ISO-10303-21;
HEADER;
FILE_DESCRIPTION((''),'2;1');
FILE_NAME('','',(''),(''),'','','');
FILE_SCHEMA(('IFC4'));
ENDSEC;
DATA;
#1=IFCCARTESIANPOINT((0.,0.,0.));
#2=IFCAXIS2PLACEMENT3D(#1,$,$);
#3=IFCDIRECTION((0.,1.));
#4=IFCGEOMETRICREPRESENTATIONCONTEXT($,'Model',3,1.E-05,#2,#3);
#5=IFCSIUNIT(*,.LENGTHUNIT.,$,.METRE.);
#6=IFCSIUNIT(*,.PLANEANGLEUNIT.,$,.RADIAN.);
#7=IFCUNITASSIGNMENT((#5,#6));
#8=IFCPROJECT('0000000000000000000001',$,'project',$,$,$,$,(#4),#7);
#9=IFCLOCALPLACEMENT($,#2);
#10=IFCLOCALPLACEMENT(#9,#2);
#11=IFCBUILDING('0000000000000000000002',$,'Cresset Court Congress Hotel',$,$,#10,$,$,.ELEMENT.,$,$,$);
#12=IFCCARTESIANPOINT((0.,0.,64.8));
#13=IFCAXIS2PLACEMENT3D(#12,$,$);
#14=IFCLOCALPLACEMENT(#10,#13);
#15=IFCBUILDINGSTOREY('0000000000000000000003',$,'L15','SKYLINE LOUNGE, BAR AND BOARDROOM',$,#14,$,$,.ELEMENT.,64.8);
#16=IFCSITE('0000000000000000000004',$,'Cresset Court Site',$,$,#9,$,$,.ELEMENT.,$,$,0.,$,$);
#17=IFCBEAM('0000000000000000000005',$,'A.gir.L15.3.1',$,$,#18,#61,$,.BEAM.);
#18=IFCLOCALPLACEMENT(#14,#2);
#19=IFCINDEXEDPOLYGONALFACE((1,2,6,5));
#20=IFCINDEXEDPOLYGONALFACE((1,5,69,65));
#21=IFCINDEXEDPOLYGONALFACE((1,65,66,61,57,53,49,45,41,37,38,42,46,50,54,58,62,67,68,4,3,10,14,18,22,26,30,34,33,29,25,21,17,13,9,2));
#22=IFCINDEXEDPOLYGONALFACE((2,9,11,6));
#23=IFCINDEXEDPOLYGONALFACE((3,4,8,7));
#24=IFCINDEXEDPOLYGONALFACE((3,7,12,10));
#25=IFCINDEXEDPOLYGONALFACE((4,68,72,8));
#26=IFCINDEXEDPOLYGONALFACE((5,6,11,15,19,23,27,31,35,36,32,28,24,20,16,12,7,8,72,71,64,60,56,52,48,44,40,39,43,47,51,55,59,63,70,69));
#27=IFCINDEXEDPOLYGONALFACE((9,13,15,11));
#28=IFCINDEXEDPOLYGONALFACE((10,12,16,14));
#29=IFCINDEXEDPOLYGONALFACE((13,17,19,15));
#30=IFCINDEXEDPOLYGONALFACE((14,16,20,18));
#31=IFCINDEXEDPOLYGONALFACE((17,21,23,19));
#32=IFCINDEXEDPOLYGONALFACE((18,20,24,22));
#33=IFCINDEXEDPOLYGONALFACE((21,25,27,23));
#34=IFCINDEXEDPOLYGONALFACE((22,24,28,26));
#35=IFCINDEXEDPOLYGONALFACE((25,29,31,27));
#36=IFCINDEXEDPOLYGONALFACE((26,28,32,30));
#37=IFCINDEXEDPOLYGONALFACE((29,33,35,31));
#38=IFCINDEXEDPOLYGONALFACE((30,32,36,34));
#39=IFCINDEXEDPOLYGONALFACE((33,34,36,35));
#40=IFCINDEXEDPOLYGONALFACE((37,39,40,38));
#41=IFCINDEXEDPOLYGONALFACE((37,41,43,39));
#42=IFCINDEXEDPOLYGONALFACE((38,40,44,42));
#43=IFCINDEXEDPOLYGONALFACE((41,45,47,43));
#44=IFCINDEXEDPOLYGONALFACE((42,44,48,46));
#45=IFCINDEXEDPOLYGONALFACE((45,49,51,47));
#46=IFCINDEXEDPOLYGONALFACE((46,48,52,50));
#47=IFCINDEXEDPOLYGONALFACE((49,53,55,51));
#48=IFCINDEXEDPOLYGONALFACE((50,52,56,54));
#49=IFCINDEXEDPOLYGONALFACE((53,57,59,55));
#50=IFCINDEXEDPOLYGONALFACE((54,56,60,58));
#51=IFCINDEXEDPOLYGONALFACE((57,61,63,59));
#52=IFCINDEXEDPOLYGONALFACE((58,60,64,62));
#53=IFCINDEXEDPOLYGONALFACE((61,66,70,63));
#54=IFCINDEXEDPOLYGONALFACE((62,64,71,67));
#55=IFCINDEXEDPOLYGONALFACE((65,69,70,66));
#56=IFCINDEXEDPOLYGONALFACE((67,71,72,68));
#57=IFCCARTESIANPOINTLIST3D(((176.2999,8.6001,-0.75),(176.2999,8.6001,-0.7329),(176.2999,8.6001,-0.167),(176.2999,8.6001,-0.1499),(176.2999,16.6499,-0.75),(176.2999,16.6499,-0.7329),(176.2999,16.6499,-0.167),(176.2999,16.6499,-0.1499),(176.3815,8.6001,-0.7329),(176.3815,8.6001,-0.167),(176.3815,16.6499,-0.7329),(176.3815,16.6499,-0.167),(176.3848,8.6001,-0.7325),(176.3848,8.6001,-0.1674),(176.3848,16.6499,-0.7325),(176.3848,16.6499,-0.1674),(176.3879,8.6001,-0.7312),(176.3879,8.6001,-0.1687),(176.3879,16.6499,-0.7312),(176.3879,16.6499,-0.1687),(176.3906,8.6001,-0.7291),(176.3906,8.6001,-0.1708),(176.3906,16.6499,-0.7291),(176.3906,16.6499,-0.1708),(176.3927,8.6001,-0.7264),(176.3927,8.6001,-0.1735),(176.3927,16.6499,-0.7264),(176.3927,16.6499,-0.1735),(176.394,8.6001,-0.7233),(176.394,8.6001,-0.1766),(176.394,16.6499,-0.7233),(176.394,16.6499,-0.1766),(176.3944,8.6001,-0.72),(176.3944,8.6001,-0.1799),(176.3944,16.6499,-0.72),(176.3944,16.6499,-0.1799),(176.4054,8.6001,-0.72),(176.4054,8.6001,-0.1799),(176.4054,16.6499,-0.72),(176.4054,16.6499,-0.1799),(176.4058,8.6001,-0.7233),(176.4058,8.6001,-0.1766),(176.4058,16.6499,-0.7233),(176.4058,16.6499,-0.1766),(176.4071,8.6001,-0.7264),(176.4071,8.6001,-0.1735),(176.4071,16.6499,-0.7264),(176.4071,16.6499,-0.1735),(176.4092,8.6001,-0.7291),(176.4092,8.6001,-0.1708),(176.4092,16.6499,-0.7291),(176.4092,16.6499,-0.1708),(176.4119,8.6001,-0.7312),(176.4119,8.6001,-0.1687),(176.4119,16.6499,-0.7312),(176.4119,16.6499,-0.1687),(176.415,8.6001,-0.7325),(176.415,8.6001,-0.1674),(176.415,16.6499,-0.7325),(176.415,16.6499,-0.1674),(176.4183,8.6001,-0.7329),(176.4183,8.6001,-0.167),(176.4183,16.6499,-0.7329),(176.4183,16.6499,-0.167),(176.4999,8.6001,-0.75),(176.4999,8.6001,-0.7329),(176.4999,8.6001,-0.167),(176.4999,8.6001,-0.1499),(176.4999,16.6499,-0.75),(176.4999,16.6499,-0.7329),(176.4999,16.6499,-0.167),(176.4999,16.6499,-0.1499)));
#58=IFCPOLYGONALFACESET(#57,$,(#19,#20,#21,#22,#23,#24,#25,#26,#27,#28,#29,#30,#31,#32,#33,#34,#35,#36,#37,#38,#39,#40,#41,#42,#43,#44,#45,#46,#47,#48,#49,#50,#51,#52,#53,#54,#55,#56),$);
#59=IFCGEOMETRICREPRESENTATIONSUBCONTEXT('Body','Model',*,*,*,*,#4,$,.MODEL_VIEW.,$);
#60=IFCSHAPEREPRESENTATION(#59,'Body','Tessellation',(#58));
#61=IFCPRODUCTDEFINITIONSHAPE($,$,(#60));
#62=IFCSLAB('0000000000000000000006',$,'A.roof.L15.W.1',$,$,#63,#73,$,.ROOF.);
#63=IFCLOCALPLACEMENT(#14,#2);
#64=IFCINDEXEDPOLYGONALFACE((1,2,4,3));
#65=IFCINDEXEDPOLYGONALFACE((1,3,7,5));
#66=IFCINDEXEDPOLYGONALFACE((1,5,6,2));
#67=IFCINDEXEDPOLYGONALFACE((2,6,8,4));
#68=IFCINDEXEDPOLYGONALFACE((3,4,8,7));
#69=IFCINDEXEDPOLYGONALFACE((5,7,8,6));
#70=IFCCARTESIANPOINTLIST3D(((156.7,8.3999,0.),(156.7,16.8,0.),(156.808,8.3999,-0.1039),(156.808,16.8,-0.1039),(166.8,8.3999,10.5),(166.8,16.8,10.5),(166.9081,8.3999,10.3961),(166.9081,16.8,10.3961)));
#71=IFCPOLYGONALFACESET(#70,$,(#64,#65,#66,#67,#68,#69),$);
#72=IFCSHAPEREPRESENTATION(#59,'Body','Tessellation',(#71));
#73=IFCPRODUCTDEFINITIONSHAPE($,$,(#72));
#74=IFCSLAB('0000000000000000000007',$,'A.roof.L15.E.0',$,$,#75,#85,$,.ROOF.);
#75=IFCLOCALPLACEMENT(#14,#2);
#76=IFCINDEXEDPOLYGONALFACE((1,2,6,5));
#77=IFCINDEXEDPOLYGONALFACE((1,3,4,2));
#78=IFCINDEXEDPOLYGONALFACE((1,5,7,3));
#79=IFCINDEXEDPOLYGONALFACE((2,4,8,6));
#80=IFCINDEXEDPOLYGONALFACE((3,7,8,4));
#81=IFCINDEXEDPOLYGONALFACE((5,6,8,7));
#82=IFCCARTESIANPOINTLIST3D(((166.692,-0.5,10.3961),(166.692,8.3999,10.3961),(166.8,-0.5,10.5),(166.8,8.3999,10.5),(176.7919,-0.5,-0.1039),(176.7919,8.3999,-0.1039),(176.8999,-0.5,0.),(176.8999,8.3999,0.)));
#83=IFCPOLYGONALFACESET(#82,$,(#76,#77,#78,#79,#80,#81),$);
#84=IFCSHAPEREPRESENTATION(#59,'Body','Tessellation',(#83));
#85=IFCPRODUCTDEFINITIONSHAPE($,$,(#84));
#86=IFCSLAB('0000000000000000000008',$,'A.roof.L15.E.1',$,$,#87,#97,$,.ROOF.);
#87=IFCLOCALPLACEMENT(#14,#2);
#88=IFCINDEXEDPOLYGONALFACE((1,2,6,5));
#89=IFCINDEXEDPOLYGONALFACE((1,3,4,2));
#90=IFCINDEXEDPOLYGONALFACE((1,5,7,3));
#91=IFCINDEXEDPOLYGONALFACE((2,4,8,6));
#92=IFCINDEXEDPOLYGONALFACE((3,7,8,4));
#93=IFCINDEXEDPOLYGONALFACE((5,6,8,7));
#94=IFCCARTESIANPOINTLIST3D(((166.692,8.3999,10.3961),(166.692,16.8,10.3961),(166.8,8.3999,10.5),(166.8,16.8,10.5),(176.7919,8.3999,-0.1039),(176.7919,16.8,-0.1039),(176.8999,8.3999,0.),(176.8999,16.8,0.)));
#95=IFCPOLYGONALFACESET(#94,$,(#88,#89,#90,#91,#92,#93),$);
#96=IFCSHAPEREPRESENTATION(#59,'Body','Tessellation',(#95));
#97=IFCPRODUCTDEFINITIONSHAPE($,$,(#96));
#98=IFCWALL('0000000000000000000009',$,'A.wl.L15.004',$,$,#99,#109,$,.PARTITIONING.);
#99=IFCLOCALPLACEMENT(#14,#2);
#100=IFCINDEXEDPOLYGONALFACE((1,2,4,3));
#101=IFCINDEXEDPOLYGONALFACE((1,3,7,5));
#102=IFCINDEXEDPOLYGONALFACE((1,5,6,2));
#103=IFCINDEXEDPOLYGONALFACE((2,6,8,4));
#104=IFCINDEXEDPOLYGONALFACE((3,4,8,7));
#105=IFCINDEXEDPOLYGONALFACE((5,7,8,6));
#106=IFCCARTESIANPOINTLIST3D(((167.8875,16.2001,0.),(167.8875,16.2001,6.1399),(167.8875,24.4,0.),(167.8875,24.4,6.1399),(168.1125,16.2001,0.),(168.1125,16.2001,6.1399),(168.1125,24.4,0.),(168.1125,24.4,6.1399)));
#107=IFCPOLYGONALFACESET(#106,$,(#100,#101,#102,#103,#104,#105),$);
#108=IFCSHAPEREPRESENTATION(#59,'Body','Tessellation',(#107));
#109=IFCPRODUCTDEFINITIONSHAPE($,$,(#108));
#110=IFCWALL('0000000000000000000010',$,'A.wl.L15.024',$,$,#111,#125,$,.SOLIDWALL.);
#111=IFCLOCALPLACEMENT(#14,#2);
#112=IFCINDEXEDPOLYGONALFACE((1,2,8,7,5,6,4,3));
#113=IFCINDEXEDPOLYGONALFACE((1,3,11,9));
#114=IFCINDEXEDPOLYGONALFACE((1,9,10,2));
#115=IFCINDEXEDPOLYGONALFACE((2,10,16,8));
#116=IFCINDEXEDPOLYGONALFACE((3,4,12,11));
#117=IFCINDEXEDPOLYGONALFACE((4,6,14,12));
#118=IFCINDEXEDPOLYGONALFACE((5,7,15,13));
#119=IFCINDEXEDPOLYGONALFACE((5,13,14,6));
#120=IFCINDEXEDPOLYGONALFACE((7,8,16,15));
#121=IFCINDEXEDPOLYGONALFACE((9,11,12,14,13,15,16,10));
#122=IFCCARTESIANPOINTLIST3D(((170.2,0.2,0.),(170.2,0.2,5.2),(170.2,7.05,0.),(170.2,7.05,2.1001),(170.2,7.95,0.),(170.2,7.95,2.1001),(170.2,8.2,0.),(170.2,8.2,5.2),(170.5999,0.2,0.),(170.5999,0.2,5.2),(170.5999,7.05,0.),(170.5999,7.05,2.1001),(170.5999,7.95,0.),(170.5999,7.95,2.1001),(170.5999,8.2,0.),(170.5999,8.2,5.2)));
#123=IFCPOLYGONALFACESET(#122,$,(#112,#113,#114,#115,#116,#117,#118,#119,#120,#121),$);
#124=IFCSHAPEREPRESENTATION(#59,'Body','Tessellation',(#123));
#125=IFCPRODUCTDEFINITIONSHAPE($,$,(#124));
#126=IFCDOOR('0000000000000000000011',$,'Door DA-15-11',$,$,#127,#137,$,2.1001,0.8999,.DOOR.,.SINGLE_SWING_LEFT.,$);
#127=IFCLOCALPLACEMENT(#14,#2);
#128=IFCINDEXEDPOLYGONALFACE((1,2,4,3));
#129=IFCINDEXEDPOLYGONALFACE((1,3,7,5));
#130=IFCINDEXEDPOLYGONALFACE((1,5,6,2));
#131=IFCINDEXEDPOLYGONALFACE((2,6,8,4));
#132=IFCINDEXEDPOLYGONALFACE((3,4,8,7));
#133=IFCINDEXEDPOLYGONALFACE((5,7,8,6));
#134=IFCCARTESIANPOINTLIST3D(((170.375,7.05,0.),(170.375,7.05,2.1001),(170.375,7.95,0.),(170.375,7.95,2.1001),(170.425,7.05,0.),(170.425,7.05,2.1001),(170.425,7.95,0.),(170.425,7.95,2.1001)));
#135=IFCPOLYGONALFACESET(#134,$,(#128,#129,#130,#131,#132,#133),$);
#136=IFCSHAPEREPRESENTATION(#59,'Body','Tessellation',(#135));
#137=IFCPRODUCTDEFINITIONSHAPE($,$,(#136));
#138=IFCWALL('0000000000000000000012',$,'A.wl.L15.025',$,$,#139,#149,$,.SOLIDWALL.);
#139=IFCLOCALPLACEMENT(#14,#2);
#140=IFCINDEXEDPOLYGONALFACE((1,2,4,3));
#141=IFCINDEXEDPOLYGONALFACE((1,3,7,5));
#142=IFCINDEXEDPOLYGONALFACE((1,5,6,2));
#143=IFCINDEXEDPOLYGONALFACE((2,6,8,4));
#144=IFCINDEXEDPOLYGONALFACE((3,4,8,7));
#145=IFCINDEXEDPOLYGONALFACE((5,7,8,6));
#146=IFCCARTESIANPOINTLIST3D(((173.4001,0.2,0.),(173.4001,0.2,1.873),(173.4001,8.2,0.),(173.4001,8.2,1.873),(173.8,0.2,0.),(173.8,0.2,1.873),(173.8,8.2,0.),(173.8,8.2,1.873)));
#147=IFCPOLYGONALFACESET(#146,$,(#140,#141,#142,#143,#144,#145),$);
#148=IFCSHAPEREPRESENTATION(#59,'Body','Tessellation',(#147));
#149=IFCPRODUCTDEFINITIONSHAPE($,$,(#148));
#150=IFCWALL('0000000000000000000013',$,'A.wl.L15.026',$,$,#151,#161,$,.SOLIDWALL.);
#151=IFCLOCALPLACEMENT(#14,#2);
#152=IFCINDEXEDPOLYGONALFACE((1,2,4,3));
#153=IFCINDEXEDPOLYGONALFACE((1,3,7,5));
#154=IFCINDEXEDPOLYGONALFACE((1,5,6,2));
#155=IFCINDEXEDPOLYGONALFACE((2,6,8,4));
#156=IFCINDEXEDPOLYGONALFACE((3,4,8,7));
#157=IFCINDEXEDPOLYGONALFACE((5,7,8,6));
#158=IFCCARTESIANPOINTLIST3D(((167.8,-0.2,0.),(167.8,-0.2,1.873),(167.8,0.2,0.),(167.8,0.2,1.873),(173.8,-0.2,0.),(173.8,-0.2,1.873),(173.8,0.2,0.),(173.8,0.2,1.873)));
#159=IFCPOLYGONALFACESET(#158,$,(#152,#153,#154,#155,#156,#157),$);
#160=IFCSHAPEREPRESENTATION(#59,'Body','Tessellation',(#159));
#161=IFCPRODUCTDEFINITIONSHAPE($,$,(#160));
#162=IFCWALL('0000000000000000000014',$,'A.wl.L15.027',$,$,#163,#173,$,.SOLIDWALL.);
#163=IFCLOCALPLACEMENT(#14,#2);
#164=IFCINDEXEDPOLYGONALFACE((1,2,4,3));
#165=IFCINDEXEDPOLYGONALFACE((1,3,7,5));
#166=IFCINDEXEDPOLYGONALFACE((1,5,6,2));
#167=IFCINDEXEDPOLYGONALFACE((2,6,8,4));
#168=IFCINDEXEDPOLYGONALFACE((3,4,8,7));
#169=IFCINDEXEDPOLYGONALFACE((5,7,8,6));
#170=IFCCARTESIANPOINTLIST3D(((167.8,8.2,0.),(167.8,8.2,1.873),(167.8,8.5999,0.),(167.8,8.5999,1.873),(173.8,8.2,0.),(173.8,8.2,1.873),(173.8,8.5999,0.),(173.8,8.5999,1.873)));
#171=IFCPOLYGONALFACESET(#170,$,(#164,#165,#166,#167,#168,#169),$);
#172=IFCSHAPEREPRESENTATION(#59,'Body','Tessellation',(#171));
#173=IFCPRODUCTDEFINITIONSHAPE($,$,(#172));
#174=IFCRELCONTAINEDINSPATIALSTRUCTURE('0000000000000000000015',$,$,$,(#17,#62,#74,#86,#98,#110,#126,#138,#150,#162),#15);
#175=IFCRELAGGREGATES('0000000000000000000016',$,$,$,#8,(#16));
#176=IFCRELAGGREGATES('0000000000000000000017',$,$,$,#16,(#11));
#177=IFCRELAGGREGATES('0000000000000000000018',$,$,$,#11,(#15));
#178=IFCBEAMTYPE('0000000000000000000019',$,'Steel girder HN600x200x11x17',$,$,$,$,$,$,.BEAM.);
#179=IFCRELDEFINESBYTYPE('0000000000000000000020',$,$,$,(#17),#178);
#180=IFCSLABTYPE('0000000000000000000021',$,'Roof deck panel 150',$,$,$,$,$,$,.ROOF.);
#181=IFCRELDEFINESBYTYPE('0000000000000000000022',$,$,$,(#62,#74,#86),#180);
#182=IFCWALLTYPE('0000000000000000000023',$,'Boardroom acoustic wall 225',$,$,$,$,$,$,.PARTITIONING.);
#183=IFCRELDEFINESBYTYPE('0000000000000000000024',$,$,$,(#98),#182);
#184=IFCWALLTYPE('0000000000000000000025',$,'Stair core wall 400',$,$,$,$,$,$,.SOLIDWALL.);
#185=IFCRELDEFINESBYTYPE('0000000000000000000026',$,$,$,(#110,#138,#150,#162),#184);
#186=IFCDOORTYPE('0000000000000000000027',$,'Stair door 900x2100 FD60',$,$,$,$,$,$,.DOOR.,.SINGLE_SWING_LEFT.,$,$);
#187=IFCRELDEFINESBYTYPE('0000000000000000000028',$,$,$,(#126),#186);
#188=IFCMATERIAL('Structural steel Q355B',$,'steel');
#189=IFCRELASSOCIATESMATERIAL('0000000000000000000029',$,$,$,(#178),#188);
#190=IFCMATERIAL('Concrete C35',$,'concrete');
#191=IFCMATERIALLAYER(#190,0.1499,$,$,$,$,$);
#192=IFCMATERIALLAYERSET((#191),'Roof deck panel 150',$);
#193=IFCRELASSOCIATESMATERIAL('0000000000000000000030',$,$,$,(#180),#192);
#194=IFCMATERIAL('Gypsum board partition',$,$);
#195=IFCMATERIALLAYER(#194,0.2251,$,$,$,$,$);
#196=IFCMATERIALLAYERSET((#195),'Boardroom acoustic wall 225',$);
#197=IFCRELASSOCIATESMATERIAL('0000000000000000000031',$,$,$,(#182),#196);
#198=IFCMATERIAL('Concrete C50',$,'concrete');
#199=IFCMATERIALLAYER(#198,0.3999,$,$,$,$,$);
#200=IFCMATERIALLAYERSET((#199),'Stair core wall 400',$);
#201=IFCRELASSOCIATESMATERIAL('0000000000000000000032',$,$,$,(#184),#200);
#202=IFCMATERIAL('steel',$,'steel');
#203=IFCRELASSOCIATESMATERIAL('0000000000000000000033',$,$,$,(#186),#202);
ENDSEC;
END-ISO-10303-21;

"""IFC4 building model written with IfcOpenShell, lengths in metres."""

from ifc_helpers import new_model, si_unit, direction, frame, frame_2d, origin, origin_2d, place, context, subcontext, project, spatial, polyline, rectangle, i_section, outline, extrude, material, layer, layer_set, material_profile, profile_set, type_object, element, fill, save


model = new_model("IFC4")

# Units and contexts
model_context = context("Model", 3, precision=1e-05, world=origin(), true_north=direction((0.0, 1.0)))
body_context = subcontext(model_context, "Body", "Model", "MODEL_VIEW")
ifc_project = project(units=[si_unit("LENGTHUNIT", "METRE"), si_unit("PLANEANGLEUNIT", "RADIAN")], contexts=[model_context])

# Site, building, storey
site_placement = place(None, origin())
site = spatial("IfcSite", under=ifc_project, at=site_placement, Name="Cresset Court Site", CompositionType="ELEMENT", RefElevation=0.0)
building_placement = place(site_placement, origin())
building = spatial("IfcBuilding", under=site, at=building_placement, Name="Cresset Court Congress Hotel", CompositionType="ELEMENT")
storey_placement = place(building_placement, frame((0.0, 0.0, 64.8)))
storey = spatial("IfcBuildingStorey", under=building, at=storey_placement, Name="L15", Description="SKYLINE LOUNGE, BAR AND BOARDROOM", CompositionType="ELEMENT", Elevation=64.8)

# Beam
ifc_material_1 = material(Name="Structural steel Q355B", Category="steel")
ifc_material_profile_1 = material_profile(ifc_material_1, i_section(OverallWidth=0.2, OverallDepth=0.6001, WebThickness=0.011, FlangeThickness=0.0171, FilletRadius=0.0129, at=origin_2d()), Name="HN600x200x11x17")
ifc_profile_set_1 = profile_set([ifc_material_profile_1], Name="Structural steel Q355B")
beam_type_1 = type_object("IfcBeamType", Name="Steel girder HN600x200x11x17", PredefinedType="BEAM", material=ifc_profile_set_1)
for number, where, z_axis, x_axis, name in (
    (1, (176.3999, 8.6001, -0.45), (0.0, 1.0, 0.0), (-1.0, 0.0, 0.0), "A.gir.L15.3.1"),
):
    element("IfcBeam", number, at=place(storey_placement, frame(where, z_axis=z_axis, x_axis=x_axis)), inside=storey, type_object=beam_type_1, Name=name, PredefinedType="BEAM", context=body_context, shape_type="SweptSolid", body=[
        extrude(i_section(OverallWidth=0.2, OverallDepth=0.6001, WebThickness=0.011, FlangeThickness=0.0171, FilletRadius=0.0129, at=origin_2d()), origin(), (0.0, 0.0, 1.0), 8.0498),
    ])

# Slabs
ifc_material_2 = material(Name="Concrete C35", Category="concrete")
ifc_layer_1 = layer(ifc_material_2, 0.1499)
ifc_layer_set_1 = layer_set([ifc_layer_1], Name="Roof deck panel 150")
slab_type = type_object("IfcSlabType", Name="Roof deck panel 150", PredefinedType="ROOF", material=ifc_layer_set_1)
slab_1_placement = place(storey_placement, frame((166.8, 8.3999, 10.5), z_axis=(-0.720698, 0.0, 0.693249), x_axis=(-0.693249, 0.0, -0.720698)))
element("IfcSlab", 2, at=slab_1_placement, inside=storey, type_object=slab_type, Name="A.roof.L15.W.1", PredefinedType="ROOF", context=body_context, shape_type="SweptSolid", body=[
    extrude(outline(polyline([(0.0, 0.0), (14.5692, 0.0), (14.5692, -8.4001), (0.0, -8.4001), (0.0, 0.0)])), origin(), (0.0, 0.0, -1.0), 0.1499),
])
slab_2_placement = place(storey_placement, frame((166.8, -0.5, 10.5), z_axis=(0.720706, 0.0, 0.693241), x_axis=(0.693241, 0.0, -0.720706)))
element("IfcSlab", 3, at=slab_2_placement, inside=storey, type_object=slab_type, Name="A.roof.L15.E.0", PredefinedType="ROOF", context=body_context, shape_type="SweptSolid", body=[
    extrude(outline(polyline([(0.0, 0.0), (14.569, 0.0), (14.569, 8.8999), (0.0, 8.8999), (0.0, 0.0)])), origin(), (0.0, 0.0, -1.0), 0.1499),
])
slab_3_placement = place(storey_placement, frame((166.8, 8.3999, 10.5), z_axis=(0.720706, 0.0, 0.693241), x_axis=(0.693241, 0.0, -0.720706)))
element("IfcSlab", 4, at=slab_3_placement, inside=storey, type_object=slab_type, Name="A.roof.L15.E.1", PredefinedType="ROOF", context=body_context, shape_type="SweptSolid", body=[
    extrude(outline(polyline([(0.0, 0.0), (14.569, 0.0), (14.569, 8.4001), (0.0, 8.4001), (0.0, 0.0)])), origin(), (0.0, 0.0, -1.0), 0.1499),
])

# Wall
ifc_material_3 = material(Name="Gypsum board partition")
ifc_layer_2 = layer(ifc_material_3, 0.2251)
ifc_layer_set_2 = layer_set([ifc_layer_2], Name="Boardroom acoustic wall 225")
wall_type_1 = type_object("IfcWallType", Name="Boardroom acoustic wall 225", PredefinedType="PARTITIONING", material=ifc_layer_set_2)
wall_1_placement = place(storey_placement, frame((168.0, 16.2, 0.0), z_axis=(0.0, 0.0, 1.0), x_axis=(0.0, 1.0, 0.0)))
element("IfcWall", 5, at=wall_1_placement, inside=storey, type_object=wall_type_1, Name="A.wl.L15.004", PredefinedType="PARTITIONING", context=body_context, shape_type="SweptSolid", body=[
    extrude(rectangle(XDim=8.2, YDim=0.2251, at=frame_2d((4.1001, 0.0))), origin(), (0.0, 0.0, 1.0), 6.1399),
])

# Wall, opening, door
ifc_material_4 = material(Name="Concrete C50", Category="concrete")
ifc_layer_3 = layer(ifc_material_4, 0.3999)
ifc_layer_set_3 = layer_set([ifc_layer_3], Name="Stair core wall 400")
wall_type_2 = type_object("IfcWallType", Name="Stair core wall 400", PredefinedType="SOLIDWALL", material=ifc_layer_set_3)
wall_2_placement = place(storey_placement, frame((170.3999, 0.2, 0.0), z_axis=(0.0, 0.0, 1.0), x_axis=(0.0, 1.0, 0.0)))
wall_2 = element("IfcWall", 6, at=wall_2_placement, inside=storey, type_object=wall_type_2, Name="A.wl.L15.024", PredefinedType="SOLIDWALL", context=body_context, shape_type="SweptSolid", body=[
    extrude(rectangle(XDim=8.0, YDim=0.3999, at=frame_2d((4.0, 0.0))), origin(), (0.0, 0.0, 1.0), 5.2),
])
opening_1_placement = place(wall_2_placement, frame((6.8501, 0.0, 0.0)))
opening_1 = element("IfcOpeningElement", 7, at=opening_1_placement, cuts=wall_2, PredefinedType="OPENING", context=body_context, shape_type="SweptSolid", body=[
    extrude(rectangle(XDim=0.8999, YDim=2.1001, at=frame_2d((0.45, 1.05))), frame((0.0, 0.21, 0.0), z_axis=(0.0, -1.0, 0.0), x_axis=(1.0, 0.0, 0.0)), (0.0, 0.0, 1.0), 0.4199),
])
ifc_material_5 = material(Name="steel", Category="steel")
door_type_1 = type_object("IfcDoorType", Name="Stair door 900x2100 FD60", OperationType="SINGLE_SWING_LEFT", PredefinedType="DOOR", material=ifc_material_5)
door_1_placement = place(opening_1_placement, origin())
door_1 = element("IfcDoor", 8, at=door_1_placement, inside=storey, type_object=door_type_1, Name="Door DA-15-11", OperationType="SINGLE_SWING_LEFT", OverallHeight=2.1001, OverallWidth=0.8999, PredefinedType="DOOR", context=body_context, shape_type="SweptSolid", body=[
    extrude(rectangle(XDim=0.8999, YDim=2.1001, at=frame_2d((0.45, 1.05))), frame((0.0, 0.0249, 0.0), z_axis=(0.0, -1.0, 0.0), x_axis=(1.0, 0.0, 0.0)), (0.0, 0.0, 1.0), 0.05),
])
fill(opening_1, door_1)

# Walls
wall_3_placement = place(storey_placement, frame((173.6001, 0.2, 0.0), z_axis=(0.0, 0.0, 1.0), x_axis=(0.0, 1.0, 0.0)))
element("IfcWall", 9, at=wall_3_placement, inside=storey, type_object=wall_type_2, Name="A.wl.L15.025", PredefinedType="SOLIDWALL", context=body_context, shape_type="SweptSolid", body=[
    extrude(rectangle(XDim=8.0, YDim=0.3999, at=frame_2d((4.0, 0.0))), origin(), (0.0, 0.0, 1.0), 1.873),
])
for number, where, z_axis, x_axis, name in (
    (10, (167.8, 0.0, 0.0), (0.0, 0.0, 1.0), (1.0, 0.0, 0.0), "A.wl.L15.026"),
    (11, (167.8, 8.3999, 0.0), (0.0, 0.0, 1.0), (1.0, 0.0, 0.0), "A.wl.L15.027"),
):
    element("IfcWall", number, at=place(storey_placement, frame(where, z_axis=z_axis, x_axis=x_axis)), inside=storey, type_object=wall_type_2, Name=name, PredefinedType="SOLIDWALL", context=body_context, shape_type="SweptSolid", body=[
        extrude(rectangle(XDim=6.0, YDim=0.3999, at=frame_2d((3.0, 0.0))), origin(), (0.0, 0.0, 1.0), 1.873),
    ])

save(model, "model.ifc")
